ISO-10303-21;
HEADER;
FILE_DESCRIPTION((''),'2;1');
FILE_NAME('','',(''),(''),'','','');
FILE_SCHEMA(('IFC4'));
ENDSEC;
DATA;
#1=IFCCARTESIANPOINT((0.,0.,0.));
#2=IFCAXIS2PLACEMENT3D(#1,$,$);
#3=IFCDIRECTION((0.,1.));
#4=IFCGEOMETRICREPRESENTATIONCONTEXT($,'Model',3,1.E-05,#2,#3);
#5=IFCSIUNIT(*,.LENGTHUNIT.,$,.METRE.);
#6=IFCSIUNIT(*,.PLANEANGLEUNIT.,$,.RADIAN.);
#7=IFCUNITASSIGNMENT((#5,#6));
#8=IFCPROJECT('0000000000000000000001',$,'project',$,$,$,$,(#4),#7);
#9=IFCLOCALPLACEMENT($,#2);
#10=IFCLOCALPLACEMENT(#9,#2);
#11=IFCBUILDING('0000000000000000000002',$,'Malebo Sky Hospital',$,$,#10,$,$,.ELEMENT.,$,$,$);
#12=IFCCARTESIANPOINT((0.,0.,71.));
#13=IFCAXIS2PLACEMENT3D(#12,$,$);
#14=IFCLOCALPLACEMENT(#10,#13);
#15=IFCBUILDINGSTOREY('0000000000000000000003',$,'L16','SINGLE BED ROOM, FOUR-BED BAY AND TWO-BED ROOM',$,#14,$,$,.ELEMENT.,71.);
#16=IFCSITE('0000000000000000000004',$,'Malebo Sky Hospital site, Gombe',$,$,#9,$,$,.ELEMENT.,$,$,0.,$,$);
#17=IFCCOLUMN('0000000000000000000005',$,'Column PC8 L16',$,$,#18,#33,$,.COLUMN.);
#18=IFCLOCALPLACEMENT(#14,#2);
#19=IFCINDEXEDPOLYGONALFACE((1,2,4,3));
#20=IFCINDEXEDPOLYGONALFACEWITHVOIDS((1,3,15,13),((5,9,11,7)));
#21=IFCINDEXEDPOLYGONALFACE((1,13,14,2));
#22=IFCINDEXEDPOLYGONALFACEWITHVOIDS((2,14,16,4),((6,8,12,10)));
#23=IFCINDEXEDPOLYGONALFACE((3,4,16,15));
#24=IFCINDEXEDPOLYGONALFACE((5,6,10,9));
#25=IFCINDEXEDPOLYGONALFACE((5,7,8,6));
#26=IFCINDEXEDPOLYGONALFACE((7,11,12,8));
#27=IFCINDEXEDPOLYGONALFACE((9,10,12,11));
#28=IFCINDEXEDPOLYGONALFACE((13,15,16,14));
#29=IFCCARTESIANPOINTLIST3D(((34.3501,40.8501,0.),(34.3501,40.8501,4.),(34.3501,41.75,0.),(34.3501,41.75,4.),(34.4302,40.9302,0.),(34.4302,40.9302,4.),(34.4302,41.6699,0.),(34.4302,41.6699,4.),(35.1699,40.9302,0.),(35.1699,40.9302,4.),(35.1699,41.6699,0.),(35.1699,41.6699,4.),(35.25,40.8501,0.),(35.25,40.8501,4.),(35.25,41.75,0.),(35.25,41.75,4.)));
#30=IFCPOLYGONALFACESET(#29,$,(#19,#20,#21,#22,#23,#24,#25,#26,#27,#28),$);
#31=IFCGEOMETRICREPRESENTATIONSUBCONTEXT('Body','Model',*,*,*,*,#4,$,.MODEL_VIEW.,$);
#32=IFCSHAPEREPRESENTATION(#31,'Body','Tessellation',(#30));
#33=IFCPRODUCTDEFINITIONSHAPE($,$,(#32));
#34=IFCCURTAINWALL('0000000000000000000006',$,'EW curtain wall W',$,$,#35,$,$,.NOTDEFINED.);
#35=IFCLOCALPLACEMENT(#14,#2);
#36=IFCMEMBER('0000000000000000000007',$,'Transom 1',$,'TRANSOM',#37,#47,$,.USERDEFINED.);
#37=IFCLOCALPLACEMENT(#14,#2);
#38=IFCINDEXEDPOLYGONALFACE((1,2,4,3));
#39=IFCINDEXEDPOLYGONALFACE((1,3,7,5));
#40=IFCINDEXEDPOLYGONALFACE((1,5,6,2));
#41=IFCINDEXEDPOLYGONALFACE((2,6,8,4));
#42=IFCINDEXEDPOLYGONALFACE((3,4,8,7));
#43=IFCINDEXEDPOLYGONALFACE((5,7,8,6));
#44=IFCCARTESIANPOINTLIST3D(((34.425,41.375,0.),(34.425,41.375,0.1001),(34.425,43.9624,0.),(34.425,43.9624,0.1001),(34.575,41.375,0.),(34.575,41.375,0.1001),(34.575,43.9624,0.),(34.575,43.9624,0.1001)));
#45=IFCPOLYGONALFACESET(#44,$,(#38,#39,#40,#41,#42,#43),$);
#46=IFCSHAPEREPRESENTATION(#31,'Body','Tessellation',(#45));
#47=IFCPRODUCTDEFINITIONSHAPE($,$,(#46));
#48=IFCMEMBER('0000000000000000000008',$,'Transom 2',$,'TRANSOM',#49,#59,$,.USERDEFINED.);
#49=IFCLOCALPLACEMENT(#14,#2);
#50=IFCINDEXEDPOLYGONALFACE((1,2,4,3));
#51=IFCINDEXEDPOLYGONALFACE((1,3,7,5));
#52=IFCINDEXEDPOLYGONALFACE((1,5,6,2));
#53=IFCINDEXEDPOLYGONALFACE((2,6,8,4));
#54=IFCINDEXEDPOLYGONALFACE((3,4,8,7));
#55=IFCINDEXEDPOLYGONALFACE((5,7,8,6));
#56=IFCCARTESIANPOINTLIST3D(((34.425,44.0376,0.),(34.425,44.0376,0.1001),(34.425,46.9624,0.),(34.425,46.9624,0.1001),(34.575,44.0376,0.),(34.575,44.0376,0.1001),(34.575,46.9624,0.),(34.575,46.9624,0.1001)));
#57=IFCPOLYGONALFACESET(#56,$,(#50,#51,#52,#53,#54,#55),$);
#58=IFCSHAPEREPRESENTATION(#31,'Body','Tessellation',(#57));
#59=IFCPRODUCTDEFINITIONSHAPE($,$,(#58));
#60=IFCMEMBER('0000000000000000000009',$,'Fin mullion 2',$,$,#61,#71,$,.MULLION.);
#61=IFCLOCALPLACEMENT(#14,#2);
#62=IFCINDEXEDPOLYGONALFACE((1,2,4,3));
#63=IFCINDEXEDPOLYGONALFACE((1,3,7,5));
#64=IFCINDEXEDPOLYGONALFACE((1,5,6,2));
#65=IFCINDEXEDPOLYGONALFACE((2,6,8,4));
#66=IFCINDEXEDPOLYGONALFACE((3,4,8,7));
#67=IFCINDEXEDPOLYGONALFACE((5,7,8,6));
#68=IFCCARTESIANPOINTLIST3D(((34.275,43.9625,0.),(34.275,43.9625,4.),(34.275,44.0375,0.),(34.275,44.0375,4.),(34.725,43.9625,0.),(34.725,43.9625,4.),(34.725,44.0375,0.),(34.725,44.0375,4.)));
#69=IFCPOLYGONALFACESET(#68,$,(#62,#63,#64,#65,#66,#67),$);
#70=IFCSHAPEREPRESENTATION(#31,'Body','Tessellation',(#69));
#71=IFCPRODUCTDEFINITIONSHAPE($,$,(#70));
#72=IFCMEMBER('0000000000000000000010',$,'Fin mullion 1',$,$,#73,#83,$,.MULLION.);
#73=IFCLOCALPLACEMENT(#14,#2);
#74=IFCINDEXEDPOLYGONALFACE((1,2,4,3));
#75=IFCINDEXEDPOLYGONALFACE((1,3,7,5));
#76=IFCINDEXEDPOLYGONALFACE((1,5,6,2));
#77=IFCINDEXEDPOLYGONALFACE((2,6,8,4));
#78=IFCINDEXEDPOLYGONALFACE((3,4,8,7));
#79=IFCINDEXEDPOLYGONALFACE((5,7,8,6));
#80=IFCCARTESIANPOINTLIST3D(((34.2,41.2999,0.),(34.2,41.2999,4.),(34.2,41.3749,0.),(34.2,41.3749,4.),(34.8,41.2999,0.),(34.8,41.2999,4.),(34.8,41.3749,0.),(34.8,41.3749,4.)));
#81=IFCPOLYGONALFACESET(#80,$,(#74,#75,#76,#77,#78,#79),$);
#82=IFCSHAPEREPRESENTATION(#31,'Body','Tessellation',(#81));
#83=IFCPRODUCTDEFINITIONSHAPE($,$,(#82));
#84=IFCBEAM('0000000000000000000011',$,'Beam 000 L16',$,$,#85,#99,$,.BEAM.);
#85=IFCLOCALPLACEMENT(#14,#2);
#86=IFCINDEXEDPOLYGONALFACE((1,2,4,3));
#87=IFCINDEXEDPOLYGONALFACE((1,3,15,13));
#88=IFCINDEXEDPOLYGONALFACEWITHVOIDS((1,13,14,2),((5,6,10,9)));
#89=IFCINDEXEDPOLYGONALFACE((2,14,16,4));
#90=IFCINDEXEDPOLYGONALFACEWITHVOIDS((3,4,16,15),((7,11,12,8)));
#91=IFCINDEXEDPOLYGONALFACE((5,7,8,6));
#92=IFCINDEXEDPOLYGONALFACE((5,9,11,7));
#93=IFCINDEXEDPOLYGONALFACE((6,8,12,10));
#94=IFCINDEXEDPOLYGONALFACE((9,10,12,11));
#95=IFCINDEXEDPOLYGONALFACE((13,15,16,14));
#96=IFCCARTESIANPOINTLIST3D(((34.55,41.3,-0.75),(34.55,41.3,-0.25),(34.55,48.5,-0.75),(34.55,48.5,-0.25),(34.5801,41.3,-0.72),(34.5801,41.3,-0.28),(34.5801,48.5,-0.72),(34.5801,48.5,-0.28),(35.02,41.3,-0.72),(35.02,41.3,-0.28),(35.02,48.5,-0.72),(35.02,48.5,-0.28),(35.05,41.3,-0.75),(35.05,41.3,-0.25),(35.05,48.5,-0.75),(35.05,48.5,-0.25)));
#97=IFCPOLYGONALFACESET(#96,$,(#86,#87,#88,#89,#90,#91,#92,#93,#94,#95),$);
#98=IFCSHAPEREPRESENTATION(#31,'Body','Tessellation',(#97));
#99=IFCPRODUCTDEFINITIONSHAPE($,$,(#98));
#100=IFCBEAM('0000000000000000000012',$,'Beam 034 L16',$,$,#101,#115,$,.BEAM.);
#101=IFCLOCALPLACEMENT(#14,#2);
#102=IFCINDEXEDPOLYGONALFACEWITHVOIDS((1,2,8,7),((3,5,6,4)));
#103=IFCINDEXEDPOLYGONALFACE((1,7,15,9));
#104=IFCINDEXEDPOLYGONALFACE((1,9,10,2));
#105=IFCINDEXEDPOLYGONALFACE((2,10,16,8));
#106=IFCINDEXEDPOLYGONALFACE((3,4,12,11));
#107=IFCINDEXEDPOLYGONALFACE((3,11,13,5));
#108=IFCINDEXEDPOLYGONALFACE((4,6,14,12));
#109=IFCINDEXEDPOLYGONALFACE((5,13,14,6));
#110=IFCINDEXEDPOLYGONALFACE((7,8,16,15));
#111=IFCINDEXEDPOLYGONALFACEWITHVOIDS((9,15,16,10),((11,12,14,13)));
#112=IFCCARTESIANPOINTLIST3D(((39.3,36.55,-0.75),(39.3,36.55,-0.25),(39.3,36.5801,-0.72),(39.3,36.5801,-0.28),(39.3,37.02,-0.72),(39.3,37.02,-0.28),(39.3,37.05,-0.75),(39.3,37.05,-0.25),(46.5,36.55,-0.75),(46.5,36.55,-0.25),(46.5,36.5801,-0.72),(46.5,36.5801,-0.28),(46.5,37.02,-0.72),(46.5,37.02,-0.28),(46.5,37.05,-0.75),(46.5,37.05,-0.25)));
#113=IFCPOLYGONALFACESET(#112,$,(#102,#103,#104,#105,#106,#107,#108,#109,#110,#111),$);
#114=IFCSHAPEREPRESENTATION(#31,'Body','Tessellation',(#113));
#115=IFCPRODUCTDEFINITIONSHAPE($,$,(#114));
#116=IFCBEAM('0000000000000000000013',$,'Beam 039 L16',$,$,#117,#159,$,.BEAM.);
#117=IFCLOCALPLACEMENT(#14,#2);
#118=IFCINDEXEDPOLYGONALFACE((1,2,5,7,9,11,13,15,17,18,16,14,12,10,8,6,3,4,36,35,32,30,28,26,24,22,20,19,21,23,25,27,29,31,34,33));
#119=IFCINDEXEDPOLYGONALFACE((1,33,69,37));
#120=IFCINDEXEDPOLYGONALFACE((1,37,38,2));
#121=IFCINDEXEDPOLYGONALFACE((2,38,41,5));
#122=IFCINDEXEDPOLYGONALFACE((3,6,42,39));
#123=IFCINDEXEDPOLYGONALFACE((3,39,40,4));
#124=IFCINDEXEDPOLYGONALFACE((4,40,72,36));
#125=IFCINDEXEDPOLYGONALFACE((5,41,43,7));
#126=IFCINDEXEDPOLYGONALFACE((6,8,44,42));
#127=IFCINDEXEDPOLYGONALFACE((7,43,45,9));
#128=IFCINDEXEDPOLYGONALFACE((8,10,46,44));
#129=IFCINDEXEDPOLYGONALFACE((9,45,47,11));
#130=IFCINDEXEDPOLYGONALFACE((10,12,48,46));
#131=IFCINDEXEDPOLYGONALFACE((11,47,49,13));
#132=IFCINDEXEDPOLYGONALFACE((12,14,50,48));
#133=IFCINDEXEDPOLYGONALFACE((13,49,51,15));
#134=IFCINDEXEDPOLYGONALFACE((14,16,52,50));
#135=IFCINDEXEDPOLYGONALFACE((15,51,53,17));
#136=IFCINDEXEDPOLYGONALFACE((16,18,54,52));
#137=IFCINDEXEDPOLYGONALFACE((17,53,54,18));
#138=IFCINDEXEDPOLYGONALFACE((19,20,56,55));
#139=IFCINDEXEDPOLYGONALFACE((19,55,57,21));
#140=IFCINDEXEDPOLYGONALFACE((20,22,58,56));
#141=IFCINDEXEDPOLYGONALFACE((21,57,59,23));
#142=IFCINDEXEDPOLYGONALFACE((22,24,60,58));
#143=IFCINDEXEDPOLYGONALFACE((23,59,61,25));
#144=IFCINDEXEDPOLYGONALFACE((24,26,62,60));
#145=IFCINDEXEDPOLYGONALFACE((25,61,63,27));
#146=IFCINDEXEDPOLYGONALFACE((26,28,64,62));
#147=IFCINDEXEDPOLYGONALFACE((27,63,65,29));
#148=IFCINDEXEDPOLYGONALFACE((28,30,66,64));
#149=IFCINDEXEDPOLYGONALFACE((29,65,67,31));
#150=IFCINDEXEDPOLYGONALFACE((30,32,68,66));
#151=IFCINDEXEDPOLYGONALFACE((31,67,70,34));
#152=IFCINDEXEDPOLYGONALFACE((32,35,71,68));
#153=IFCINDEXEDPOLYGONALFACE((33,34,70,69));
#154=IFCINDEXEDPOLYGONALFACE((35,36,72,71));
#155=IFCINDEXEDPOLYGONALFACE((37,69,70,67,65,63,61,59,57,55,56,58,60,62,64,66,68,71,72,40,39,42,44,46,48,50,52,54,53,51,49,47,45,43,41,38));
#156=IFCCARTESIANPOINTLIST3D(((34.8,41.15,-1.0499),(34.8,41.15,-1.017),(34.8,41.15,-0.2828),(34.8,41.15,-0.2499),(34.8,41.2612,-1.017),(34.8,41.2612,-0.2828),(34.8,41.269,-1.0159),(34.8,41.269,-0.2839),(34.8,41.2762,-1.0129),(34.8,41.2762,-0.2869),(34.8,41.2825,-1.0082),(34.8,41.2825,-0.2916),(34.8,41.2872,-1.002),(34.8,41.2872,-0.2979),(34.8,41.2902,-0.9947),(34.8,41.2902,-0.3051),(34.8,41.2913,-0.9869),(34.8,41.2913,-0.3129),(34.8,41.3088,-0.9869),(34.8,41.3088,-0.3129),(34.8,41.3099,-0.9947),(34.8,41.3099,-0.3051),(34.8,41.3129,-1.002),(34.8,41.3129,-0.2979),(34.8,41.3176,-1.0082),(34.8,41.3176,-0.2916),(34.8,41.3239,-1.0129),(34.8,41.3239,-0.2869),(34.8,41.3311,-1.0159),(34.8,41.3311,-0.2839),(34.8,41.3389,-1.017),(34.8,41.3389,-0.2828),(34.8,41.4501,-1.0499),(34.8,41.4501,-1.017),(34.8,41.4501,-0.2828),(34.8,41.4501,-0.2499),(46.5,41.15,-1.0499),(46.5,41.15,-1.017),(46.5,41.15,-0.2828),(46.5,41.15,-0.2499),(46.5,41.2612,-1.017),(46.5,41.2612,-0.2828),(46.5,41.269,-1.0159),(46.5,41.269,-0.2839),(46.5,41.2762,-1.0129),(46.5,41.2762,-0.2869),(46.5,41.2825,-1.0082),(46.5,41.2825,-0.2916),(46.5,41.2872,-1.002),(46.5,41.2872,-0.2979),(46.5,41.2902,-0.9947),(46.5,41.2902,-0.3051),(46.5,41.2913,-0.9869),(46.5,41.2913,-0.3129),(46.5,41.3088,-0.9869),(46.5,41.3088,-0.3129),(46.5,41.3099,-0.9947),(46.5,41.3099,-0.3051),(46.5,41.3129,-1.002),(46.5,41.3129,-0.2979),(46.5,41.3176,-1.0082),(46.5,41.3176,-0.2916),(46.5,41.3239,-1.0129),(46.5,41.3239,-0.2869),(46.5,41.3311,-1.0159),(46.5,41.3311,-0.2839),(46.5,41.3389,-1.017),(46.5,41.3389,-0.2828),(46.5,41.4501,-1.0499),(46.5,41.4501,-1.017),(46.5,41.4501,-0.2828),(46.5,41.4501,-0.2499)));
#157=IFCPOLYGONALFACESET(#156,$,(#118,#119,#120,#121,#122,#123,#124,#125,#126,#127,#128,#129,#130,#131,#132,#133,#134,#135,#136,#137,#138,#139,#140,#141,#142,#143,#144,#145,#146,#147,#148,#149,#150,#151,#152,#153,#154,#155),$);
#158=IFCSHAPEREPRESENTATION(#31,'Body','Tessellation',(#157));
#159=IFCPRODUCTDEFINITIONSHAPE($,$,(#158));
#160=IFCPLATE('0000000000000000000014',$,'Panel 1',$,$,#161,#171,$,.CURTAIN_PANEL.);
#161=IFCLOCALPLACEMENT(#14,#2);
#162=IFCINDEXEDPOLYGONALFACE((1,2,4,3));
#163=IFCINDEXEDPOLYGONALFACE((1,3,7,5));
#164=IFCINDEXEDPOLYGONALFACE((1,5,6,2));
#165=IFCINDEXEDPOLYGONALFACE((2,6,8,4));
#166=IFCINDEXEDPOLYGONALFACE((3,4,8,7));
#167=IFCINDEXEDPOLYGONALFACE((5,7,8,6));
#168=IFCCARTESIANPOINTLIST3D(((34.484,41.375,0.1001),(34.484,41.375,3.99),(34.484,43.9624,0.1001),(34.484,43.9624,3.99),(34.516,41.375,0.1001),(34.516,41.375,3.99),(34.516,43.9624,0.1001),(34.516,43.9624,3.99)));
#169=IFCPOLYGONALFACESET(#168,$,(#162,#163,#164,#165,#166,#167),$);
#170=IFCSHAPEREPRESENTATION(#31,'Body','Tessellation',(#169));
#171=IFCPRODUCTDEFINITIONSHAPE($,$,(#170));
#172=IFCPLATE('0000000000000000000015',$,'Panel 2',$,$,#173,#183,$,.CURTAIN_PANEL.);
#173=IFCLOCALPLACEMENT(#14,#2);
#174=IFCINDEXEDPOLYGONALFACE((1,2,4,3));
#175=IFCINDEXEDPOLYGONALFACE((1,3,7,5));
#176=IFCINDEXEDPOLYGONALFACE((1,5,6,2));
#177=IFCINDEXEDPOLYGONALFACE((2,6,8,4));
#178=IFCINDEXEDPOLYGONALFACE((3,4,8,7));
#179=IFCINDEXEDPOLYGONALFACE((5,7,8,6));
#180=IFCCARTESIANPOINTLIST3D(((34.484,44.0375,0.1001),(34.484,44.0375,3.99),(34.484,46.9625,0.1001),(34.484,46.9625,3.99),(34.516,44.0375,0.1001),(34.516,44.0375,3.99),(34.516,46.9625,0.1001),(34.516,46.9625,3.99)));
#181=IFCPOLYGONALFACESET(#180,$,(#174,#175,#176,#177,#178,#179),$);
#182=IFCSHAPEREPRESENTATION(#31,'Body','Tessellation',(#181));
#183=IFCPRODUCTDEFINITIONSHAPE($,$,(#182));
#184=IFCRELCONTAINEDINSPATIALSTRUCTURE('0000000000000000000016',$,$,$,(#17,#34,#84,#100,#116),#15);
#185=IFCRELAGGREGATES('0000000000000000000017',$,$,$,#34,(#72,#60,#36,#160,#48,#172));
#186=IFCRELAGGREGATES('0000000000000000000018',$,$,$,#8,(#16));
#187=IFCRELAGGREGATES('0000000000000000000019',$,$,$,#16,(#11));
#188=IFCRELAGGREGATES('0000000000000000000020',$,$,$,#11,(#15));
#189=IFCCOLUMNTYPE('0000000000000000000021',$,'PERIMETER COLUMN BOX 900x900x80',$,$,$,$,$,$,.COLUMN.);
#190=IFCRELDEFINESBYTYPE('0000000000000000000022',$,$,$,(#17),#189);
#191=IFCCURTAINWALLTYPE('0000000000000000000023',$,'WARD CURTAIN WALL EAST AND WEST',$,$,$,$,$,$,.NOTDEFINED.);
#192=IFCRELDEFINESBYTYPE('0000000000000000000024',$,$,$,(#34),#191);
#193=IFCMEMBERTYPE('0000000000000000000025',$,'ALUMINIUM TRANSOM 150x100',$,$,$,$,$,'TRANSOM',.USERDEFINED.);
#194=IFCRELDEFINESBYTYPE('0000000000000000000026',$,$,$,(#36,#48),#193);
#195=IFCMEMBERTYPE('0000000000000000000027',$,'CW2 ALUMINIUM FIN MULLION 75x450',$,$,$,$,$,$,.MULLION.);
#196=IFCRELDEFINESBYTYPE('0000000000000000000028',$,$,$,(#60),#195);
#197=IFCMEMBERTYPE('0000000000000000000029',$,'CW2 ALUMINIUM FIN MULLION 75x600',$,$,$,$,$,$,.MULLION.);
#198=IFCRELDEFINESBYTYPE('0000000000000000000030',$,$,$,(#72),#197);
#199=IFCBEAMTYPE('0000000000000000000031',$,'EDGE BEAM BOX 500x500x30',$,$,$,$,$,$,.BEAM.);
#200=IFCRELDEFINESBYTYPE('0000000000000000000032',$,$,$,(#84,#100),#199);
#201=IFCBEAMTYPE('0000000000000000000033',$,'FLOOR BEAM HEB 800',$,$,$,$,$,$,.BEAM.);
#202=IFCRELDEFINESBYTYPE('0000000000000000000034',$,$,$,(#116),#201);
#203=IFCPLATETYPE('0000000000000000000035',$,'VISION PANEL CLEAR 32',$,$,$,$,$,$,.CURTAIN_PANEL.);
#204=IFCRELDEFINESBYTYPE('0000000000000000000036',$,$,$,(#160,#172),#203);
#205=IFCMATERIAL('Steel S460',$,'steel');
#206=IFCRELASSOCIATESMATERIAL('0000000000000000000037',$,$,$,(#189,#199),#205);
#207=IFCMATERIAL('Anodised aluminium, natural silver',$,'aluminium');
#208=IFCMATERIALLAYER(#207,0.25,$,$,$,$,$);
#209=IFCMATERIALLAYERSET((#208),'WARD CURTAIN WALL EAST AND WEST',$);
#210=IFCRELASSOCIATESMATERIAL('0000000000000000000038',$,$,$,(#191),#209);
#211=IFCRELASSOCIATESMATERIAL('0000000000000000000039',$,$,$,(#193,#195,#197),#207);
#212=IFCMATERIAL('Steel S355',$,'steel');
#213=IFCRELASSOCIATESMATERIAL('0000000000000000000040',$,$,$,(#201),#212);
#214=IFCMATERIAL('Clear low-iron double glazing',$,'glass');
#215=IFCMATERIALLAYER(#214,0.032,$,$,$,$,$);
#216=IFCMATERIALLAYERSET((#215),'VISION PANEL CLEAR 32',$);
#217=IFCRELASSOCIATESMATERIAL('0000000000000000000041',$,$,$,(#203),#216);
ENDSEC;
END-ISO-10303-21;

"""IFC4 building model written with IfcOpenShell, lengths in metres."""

from ifc_helpers import new_model, si_unit, direction, frame, origin, origin_2d, place, context, subcontext, project, spatial, rectangle, hollow_rectangle, i_section, extrude, material, layer, layer_set, material_profile, profile_set, type_object, element, aggregate, save


model = new_model("IFC4")

# Units and contexts
model_context = context("Model", 3, precision=1e-05, world=origin(), true_north=direction((0.0, 1.0)))
body_context = subcontext(model_context, "Body", "Model", "MODEL_VIEW")
ifc_project = project(units=[si_unit("LENGTHUNIT", "METRE"), si_unit("PLANEANGLEUNIT", "RADIAN")], contexts=[model_context])

# Site, building, storey
site_placement = place(None, origin())
site = spatial("IfcSite", under=ifc_project, at=site_placement, Name="Malebo Sky Hospital site, Gombe", CompositionType="ELEMENT", RefElevation=0.0)
building_placement = place(site_placement, origin())
building = spatial("IfcBuilding", under=site, at=building_placement, Name="Malebo Sky Hospital", CompositionType="ELEMENT")
storey_placement = place(building_placement, frame((0.0, 0.0, 71.0)))
storey = spatial("IfcBuildingStorey", under=building, at=storey_placement, Name="L16", Description="SINGLE BED ROOM, FOUR-BED BAY AND TWO-BED ROOM", CompositionType="ELEMENT", Elevation=71.0)

# Column
ifc_material_1 = material(Name="Steel S460", Category="steel")
ifc_material_profile_1 = material_profile(ifc_material_1, hollow_rectangle(XDim=0.8999, YDim=0.8999, WallThickness=0.0801, at=origin_2d()), Name="BOX 900x900x80")
ifc_profile_set_1 = profile_set([ifc_material_profile_1], Name="Steel S460")
column_type = type_object("IfcColumnType", Name="PERIMETER COLUMN BOX 900x900x80", PredefinedType="COLUMN", material=ifc_profile_set_1)
column_placement = place(storey_placement, frame((34.8, 41.3, 0.0), z_axis=(0.0, 0.0, 1.0), x_axis=(1.0, 0.0, 0.0)))
element("IfcColumn", 1, at=column_placement, inside=storey, type_object=column_type, Name="Column PC8 L16", PredefinedType="COLUMN", context=body_context, shape_type="SweptSolid", body=[
    extrude(hollow_rectangle(XDim=0.8999, YDim=0.8999, WallThickness=0.0801, at=origin_2d()), origin(), (0.0, 0.0, 1.0), 4.0),
])

# Curtain wall, members
ifc_material_2 = material(Name="Anodised aluminium, natural silver", Category="aluminium")
ifc_layer_1 = layer(ifc_material_2, 0.25)
ifc_layer_set_1 = layer_set([ifc_layer_1], Name="WARD CURTAIN WALL EAST AND WEST")
curtain_wall_type = type_object("IfcCurtainWallType", Name="WARD CURTAIN WALL EAST AND WEST", PredefinedType="NOTDEFINED", material=ifc_layer_set_1)
curtain_wall_placement = place(storey_placement, origin())
curtain_wall = element("IfcCurtainWall", 2, at=curtain_wall_placement, inside=storey, type_object=curtain_wall_type, Name="EW curtain wall W", PredefinedType="NOTDEFINED")
ifc_material_profile_2 = material_profile(ifc_material_2, rectangle(XDim=0.1499, YDim=0.1001, at=origin_2d()), Name="ALUMINIUM TRANSOM 150x100")
ifc_profile_set_2 = profile_set([ifc_material_profile_2], Name="Anodised aluminium, natural silver")
member_type_1 = type_object("IfcMemberType", Name="ALUMINIUM TRANSOM 150x100", ElementType="TRANSOM", PredefinedType="USERDEFINED", material=ifc_profile_set_2)
member_1_placement = place(storey_placement, frame((34.5, 41.375, 0.05), z_axis=(0.0, 1.0, 0.0), x_axis=(-1.0, 0.0, 0.0)))
member_1 = element("IfcMember", 3, at=member_1_placement, type_object=member_type_1, Name="Transom 1", ObjectType="TRANSOM", PredefinedType="USERDEFINED", context=body_context, shape_type="SweptSolid", body=[
    extrude(rectangle(XDim=0.1499, YDim=0.1001, at=origin_2d()), origin(), (0.0, 0.0, 1.0), 2.5874),
])
member_2_placement = place(storey_placement, frame((34.5, 44.0376, 0.05), z_axis=(0.0, 1.0, 0.0), x_axis=(-1.0, 0.0, 0.0)))
member_2 = element("IfcMember", 4, at=member_2_placement, type_object=member_type_1, Name="Transom 2", ObjectType="TRANSOM", PredefinedType="USERDEFINED", context=body_context, shape_type="SweptSolid", body=[
    extrude(rectangle(XDim=0.1499, YDim=0.1001, at=origin_2d()), origin(), (0.0, 0.0, 1.0), 2.9248),
])
ifc_material_profile_3 = material_profile(ifc_material_2, rectangle(XDim=0.075, YDim=0.45, at=origin_2d()), Name="CW2 ALUMINIUM FIN MULLION 75x450")
ifc_profile_set_3 = profile_set([ifc_material_profile_3], Name="Anodised aluminium, natural silver")
member_type_2 = type_object("IfcMemberType", Name="CW2 ALUMINIUM FIN MULLION 75x450", PredefinedType="MULLION", material=ifc_profile_set_3)
member_3_placement = place(storey_placement, frame((34.5, 44.0, 0.0), z_axis=(0.0, 0.0, 1.0), x_axis=(0.0, 1.0, 0.0)))
member_3 = element("IfcMember", 5, at=member_3_placement, type_object=member_type_2, Name="Fin mullion 2", PredefinedType="MULLION", context=body_context, shape_type="SweptSolid", body=[
    extrude(rectangle(XDim=0.075, YDim=0.45, at=origin_2d()), origin(), (0.0, 0.0, 1.0), 4.0),
])
ifc_material_profile_4 = material_profile(ifc_material_2, rectangle(XDim=0.075, YDim=0.6001, at=origin_2d()), Name="CW2 ALUMINIUM FIN MULLION 75x600")
ifc_profile_set_4 = profile_set([ifc_material_profile_4], Name="Anodised aluminium, natural silver")
member_type_3 = type_object("IfcMemberType", Name="CW2 ALUMINIUM FIN MULLION 75x600", PredefinedType="MULLION", material=ifc_profile_set_4)
member_4_placement = place(storey_placement, frame((34.5, 41.3374, 0.0), z_axis=(0.0, 0.0, 1.0), x_axis=(0.0, 1.0, 0.0)))
member_4 = element("IfcMember", 6, at=member_4_placement, type_object=member_type_3, Name="Fin mullion 1", PredefinedType="MULLION", context=body_context, shape_type="SweptSolid", body=[
    extrude(rectangle(XDim=0.075, YDim=0.6001, at=origin_2d()), origin(), (0.0, 0.0, 1.0), 4.0),
])

# Beams
ifc_material_profile_5 = material_profile(ifc_material_1, hollow_rectangle(XDim=0.5, YDim=0.5, WallThickness=0.03, at=origin_2d()), Name="BOX 500x500x30")
ifc_profile_set_5 = profile_set([ifc_material_profile_5], Name="Steel S460")
beam_type_1 = type_object("IfcBeamType", Name="EDGE BEAM BOX 500x500x30", PredefinedType="BEAM", material=ifc_profile_set_5)
for number, where, z_axis, x_axis, name in (
    (7, (34.8, 41.3, -0.5), (0.0, 1.0, 0.0), (-1.0, 0.0, 0.0), "Beam 000 L16"),
    (8, (39.3, 36.8, -0.5), (1.0, 0.0, 0.0), (0.0, 1.0, 0.0), "Beam 034 L16"),
):
    element("IfcBeam", number, at=place(storey_placement, frame(where, z_axis=z_axis, x_axis=x_axis)), inside=storey, type_object=beam_type_1, Name=name, PredefinedType="BEAM", context=body_context, shape_type="SweptSolid", body=[
        extrude(hollow_rectangle(XDim=0.5, YDim=0.5, WallThickness=0.03, at=origin_2d()), origin(), (0.0, 0.0, 1.0), 7.2),
    ])
ifc_material_3 = material(Name="Steel S355", Category="steel")
ifc_material_profile_6 = material_profile(ifc_material_3, i_section(OverallWidth=0.3, OverallDepth=0.8, WebThickness=0.0176, FlangeThickness=0.033, FilletRadius=0.03, at=origin_2d()), Name="HEB 800")
ifc_profile_set_6 = profile_set([ifc_material_profile_6], Name="Steel S355")
beam_type_2 = type_object("IfcBeamType", Name="FLOOR BEAM HEB 800", PredefinedType="BEAM", material=ifc_profile_set_6)
beam_placement = place(storey_placement, frame((34.8, 41.3, -0.6499), z_axis=(1.0, 0.0, 0.0), x_axis=(0.0, 1.0, 0.0)))
element("IfcBeam", 9, at=beam_placement, inside=storey, type_object=beam_type_2, Name="Beam 039 L16", PredefinedType="BEAM", context=body_context, shape_type="SweptSolid", body=[
    extrude(i_section(OverallWidth=0.3, OverallDepth=0.8, WebThickness=0.0176, FlangeThickness=0.033, FilletRadius=0.03, at=origin_2d()), origin(), (0.0, 0.0, 1.0), 11.7),
])

# Plates
ifc_material_4 = material(Name="Clear low-iron double glazing", Category="glass")
ifc_layer_2 = layer(ifc_material_4, 0.032)
ifc_layer_set_2 = layer_set([ifc_layer_2], Name="VISION PANEL CLEAR 32")
plate_type = type_object("IfcPlateType", Name="VISION PANEL CLEAR 32", PredefinedType="CURTAIN_PANEL", material=ifc_layer_set_2)
plate_1_placement = place(storey_placement, frame((34.5, 42.6687, 0.1001), z_axis=(0.0, 0.0, 1.0), x_axis=(0.0, 1.0, 0.0)))
plate_1 = element("IfcPlate", 10, at=plate_1_placement, type_object=plate_type, Name="Panel 1", PredefinedType="CURTAIN_PANEL", context=body_context, shape_type="SweptSolid", body=[
    extrude(rectangle(XDim=2.5874, YDim=0.032, at=origin_2d()), origin(), (0.0, 0.0, 1.0), 3.8899),
])
plate_2_placement = place(storey_placement, frame((34.5, 45.5, 0.1001), z_axis=(0.0, 0.0, 1.0), x_axis=(0.0, 1.0, 0.0)))
plate_2 = element("IfcPlate", 11, at=plate_2_placement, type_object=plate_type, Name="Panel 2", PredefinedType="CURTAIN_PANEL", context=body_context, shape_type="SweptSolid", body=[
    extrude(rectangle(XDim=2.925, YDim=0.032, at=origin_2d()), origin(), (0.0, 0.0, 1.0), 3.8899),
])
aggregate(curtain_wall, [member_4, member_3, member_1, plate_1, member_2, plate_2])

save(model, "model.ifc")
